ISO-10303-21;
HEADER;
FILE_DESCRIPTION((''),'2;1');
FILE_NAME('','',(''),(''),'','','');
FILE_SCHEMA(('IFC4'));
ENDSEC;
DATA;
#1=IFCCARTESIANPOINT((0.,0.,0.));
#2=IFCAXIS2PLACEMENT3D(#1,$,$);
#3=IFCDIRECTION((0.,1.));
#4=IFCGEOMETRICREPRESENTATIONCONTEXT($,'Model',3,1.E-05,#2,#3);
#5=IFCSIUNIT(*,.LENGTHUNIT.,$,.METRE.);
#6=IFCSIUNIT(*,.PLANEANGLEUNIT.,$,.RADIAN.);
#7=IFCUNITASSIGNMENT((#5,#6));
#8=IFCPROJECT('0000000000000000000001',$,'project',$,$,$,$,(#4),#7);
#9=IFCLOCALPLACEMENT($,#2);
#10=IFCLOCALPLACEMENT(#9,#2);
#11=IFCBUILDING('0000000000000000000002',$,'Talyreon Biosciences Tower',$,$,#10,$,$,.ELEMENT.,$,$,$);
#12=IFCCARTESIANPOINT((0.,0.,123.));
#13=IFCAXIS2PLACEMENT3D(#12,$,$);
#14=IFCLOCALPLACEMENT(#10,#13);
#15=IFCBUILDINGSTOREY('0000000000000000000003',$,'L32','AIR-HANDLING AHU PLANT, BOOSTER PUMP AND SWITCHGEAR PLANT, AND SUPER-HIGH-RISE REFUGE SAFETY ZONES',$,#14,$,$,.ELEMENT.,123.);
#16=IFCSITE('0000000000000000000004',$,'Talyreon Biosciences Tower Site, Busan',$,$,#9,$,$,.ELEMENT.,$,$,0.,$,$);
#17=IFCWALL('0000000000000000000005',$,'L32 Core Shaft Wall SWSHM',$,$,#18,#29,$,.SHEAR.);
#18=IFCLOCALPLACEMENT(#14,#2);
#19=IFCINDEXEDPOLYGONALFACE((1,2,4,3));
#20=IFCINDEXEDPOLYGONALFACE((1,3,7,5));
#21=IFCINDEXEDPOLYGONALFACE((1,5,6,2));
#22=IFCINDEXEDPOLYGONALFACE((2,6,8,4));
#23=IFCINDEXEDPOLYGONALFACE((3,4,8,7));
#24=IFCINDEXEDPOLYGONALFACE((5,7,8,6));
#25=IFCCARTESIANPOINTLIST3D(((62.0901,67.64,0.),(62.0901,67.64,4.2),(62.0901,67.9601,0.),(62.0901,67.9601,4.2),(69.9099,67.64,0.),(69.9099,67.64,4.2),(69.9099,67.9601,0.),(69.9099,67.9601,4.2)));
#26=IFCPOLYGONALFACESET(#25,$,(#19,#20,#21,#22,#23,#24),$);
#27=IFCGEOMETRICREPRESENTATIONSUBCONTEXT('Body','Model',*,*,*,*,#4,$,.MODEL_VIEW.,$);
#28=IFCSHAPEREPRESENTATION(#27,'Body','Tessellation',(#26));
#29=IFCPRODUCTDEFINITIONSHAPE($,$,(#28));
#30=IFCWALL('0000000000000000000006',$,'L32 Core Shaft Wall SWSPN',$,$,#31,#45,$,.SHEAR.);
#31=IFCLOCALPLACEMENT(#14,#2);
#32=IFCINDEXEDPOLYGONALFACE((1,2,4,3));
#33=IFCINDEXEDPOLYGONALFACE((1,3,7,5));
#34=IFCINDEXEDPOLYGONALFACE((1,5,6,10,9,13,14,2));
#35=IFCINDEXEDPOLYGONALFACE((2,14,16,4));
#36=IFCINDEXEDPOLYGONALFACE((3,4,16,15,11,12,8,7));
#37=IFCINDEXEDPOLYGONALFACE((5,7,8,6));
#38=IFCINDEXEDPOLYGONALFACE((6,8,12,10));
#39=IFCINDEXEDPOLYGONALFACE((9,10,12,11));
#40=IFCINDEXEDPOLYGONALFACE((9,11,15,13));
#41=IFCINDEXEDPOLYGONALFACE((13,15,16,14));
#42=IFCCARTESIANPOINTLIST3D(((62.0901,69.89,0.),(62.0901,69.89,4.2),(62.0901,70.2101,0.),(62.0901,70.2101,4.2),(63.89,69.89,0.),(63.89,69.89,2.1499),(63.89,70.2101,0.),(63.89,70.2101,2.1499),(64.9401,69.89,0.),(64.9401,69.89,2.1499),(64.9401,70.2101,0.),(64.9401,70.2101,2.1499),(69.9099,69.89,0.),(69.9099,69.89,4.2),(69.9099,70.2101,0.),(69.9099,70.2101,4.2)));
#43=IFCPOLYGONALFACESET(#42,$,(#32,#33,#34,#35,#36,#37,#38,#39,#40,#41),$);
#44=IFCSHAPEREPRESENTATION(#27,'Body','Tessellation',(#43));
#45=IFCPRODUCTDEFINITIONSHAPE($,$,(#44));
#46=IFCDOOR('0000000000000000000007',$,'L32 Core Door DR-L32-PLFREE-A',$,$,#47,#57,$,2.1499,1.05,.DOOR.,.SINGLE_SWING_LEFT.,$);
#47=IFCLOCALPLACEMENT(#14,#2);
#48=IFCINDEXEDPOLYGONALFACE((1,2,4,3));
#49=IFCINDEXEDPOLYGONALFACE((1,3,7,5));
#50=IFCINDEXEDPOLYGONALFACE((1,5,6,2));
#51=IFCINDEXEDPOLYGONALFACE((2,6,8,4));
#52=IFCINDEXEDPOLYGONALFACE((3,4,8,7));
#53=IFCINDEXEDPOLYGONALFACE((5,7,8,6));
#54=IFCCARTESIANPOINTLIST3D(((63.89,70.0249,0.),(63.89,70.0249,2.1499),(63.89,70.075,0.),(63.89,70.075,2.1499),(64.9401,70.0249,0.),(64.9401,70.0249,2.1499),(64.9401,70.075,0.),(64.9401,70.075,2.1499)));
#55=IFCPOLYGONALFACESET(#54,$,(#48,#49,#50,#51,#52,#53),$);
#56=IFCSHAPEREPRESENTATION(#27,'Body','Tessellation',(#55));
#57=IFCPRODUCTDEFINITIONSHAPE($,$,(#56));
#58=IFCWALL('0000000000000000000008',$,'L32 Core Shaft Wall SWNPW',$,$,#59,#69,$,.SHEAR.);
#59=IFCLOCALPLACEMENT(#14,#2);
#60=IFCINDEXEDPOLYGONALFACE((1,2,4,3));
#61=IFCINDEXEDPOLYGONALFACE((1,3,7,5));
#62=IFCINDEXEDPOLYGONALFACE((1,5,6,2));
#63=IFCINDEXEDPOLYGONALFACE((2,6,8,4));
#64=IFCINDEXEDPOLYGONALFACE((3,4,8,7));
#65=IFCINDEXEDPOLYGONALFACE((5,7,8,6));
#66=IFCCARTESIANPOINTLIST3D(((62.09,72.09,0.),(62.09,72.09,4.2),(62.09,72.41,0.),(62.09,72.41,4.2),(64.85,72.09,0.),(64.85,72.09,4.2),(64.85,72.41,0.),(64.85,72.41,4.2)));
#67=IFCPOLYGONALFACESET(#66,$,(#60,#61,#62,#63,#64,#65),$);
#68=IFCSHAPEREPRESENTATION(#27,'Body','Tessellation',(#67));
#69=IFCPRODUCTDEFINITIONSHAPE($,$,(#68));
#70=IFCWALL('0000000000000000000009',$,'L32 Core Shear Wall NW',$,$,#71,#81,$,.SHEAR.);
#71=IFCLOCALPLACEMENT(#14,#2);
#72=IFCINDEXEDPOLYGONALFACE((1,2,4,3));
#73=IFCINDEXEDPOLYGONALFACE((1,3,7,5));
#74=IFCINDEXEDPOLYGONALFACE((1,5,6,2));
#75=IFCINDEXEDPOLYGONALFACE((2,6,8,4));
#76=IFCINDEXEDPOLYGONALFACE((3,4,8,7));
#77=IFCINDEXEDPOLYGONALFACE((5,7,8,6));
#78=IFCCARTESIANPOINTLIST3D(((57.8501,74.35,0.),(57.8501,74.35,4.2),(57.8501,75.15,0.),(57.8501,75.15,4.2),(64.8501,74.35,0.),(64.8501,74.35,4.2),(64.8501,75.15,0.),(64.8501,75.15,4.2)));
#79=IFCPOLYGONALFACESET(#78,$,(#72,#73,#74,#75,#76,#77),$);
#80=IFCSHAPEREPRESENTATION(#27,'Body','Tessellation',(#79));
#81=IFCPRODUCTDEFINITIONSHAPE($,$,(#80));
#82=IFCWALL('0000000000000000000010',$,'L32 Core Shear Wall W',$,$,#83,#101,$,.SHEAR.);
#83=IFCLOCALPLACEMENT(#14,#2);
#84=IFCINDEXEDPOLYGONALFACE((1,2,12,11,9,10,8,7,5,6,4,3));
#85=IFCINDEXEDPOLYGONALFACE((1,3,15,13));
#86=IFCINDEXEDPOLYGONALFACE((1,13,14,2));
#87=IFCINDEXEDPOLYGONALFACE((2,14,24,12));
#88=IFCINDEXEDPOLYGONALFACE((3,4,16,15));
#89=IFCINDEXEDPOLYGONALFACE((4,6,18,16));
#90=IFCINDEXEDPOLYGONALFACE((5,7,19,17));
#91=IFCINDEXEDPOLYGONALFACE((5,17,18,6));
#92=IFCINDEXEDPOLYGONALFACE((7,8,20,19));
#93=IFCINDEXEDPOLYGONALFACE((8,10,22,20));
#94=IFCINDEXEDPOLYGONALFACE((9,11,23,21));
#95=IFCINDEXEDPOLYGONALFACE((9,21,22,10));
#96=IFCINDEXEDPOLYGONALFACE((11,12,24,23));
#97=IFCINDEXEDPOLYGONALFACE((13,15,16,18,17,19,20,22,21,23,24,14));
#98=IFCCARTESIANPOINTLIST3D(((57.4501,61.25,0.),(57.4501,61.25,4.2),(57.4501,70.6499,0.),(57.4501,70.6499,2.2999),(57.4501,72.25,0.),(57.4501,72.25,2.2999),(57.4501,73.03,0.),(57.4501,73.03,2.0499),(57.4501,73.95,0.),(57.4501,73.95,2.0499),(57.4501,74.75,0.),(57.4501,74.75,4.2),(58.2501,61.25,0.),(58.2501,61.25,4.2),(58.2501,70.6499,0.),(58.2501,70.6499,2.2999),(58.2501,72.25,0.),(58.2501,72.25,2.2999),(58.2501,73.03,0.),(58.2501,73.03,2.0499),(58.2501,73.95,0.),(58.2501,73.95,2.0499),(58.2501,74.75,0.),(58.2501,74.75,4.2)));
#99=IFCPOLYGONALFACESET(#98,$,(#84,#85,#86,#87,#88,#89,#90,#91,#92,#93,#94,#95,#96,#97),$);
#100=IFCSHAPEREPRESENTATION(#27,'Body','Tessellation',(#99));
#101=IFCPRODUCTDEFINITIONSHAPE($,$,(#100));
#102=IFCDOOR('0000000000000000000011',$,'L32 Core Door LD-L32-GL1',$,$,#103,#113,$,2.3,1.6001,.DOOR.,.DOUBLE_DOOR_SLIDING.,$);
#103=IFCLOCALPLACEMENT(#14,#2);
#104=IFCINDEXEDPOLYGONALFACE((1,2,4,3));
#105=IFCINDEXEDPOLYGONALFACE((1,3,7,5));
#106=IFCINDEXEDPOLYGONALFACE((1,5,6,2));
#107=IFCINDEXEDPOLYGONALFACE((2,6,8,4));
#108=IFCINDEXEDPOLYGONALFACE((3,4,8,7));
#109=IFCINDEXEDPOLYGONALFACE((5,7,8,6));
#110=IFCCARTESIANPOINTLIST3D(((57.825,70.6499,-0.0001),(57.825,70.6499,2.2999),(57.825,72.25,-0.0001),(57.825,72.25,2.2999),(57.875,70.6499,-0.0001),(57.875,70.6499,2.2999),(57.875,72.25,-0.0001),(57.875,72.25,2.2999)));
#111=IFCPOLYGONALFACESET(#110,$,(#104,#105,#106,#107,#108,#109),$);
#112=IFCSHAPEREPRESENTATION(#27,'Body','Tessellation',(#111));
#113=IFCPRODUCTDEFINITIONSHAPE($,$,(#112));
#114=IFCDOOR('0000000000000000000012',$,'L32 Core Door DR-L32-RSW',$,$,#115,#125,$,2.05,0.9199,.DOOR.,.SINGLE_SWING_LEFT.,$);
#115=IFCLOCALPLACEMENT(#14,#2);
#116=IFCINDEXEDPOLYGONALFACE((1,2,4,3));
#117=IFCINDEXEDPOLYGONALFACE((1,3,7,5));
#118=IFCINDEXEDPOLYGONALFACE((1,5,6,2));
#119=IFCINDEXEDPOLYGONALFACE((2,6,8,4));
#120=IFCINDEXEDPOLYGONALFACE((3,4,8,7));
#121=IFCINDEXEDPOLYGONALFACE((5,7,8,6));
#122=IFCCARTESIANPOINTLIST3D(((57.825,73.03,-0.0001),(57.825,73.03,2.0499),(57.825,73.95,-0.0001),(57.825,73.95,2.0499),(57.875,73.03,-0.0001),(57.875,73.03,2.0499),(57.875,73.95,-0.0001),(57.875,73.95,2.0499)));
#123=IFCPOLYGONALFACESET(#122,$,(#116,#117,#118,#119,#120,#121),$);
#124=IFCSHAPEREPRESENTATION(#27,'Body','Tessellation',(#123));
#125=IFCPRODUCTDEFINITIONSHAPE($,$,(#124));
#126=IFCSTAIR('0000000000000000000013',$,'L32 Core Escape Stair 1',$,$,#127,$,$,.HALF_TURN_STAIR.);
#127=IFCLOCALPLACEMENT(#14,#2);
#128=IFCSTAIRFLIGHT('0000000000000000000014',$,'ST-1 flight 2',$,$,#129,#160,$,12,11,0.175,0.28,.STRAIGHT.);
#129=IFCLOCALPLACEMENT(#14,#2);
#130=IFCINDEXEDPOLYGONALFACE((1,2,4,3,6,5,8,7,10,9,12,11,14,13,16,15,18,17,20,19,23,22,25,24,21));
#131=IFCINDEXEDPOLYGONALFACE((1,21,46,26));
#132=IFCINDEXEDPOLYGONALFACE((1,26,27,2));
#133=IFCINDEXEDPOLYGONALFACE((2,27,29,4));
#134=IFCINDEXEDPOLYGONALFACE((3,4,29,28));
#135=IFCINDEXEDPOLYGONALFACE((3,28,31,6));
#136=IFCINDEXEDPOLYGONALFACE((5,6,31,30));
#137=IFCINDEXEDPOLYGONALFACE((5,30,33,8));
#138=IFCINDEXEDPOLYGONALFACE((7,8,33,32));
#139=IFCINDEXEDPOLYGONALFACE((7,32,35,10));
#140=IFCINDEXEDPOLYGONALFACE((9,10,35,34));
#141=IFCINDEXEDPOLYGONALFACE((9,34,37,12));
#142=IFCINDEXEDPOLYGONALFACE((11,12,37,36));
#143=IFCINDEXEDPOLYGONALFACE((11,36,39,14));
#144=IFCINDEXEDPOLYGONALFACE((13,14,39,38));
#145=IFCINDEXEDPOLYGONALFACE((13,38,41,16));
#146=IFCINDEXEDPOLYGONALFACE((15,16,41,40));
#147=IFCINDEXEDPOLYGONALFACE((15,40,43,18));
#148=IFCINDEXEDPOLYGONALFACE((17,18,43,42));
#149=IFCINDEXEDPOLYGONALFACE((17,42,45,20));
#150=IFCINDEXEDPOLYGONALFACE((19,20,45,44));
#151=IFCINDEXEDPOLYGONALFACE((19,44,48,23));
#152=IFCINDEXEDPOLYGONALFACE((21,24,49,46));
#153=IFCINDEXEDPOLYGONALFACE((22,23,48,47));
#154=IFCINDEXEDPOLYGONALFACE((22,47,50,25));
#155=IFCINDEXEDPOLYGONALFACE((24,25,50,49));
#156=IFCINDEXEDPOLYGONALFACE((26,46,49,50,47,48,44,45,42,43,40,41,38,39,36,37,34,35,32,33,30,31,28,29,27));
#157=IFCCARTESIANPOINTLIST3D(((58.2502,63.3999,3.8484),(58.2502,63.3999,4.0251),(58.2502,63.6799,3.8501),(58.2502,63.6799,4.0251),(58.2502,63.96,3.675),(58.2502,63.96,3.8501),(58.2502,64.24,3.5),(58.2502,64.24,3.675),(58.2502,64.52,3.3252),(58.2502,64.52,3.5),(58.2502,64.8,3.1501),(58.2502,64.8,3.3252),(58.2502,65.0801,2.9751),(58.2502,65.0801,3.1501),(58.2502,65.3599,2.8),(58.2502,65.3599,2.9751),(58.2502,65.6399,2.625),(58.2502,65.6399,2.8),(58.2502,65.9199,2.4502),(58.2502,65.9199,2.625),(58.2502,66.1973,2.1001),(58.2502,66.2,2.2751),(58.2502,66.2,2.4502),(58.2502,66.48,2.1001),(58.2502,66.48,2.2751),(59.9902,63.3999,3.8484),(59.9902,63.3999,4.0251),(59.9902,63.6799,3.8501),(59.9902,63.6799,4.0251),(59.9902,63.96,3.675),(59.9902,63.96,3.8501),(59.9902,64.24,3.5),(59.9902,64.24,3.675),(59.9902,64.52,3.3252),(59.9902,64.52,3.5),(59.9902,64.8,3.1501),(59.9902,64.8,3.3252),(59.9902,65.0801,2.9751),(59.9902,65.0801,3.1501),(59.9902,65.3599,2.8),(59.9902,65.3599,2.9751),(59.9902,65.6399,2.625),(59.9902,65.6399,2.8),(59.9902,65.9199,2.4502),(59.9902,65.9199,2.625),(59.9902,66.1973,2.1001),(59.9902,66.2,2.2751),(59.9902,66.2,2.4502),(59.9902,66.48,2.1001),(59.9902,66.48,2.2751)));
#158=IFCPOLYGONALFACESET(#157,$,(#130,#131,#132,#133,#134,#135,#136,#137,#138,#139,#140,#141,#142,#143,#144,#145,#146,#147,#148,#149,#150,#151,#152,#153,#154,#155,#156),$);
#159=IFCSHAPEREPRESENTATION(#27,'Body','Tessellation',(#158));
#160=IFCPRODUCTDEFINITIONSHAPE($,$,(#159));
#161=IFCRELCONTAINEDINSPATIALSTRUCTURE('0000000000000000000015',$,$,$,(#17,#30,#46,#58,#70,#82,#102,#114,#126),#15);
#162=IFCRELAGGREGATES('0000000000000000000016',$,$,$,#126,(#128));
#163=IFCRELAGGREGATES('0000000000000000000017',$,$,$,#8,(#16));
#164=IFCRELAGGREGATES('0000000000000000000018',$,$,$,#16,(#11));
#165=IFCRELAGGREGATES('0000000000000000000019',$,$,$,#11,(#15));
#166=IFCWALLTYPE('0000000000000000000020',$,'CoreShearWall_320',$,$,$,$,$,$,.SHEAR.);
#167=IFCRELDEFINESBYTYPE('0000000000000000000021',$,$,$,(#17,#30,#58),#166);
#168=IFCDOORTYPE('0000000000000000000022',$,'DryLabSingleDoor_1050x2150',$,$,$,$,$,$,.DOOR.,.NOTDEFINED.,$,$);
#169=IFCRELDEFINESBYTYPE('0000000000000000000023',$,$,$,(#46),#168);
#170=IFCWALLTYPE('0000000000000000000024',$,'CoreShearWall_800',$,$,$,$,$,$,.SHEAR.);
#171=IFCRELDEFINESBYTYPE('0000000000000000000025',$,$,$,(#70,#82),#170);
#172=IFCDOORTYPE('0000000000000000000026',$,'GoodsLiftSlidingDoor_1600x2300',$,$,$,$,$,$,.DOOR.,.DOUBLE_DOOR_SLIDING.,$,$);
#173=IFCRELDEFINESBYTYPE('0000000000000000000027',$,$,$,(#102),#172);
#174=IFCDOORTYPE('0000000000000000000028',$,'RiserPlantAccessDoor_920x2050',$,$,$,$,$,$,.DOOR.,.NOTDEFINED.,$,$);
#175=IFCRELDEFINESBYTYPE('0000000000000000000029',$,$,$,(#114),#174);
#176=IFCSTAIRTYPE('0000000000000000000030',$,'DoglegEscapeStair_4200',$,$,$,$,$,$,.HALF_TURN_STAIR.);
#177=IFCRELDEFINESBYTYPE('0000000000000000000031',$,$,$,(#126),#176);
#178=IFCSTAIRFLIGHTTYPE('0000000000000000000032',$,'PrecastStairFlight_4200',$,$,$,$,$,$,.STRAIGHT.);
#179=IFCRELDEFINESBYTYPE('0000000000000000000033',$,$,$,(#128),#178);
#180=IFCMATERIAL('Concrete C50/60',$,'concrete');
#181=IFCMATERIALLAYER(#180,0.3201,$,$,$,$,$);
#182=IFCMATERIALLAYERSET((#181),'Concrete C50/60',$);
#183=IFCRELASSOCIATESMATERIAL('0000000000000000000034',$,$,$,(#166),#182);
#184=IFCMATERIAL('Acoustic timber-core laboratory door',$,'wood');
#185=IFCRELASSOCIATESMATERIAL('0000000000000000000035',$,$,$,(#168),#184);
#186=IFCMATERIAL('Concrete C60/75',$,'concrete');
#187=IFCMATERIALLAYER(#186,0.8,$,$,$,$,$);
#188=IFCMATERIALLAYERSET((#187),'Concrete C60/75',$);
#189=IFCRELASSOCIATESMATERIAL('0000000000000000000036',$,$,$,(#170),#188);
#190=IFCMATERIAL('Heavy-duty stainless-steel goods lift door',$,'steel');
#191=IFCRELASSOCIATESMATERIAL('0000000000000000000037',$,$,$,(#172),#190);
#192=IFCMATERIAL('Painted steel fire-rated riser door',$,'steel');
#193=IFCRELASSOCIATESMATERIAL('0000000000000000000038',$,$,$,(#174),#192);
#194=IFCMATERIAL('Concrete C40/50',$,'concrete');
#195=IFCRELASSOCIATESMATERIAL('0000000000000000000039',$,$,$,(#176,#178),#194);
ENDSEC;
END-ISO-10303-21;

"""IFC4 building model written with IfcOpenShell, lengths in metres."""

from ifc_helpers import new_model, si_unit, direction, frame, frame_2d, origin, place, context, subcontext, project, spatial, polyline, rectangle, outline, extrude, material, layer, layer_set, type_object, element, fill, aggregate, save


model = new_model("IFC4")

# Units and contexts
model_context = context("Model", 3, precision=1e-05, world=origin(), true_north=direction((0.0, 1.0)))
body_context = subcontext(model_context, "Body", "Model", "MODEL_VIEW")
ifc_project = project(units=[si_unit("LENGTHUNIT", "METRE"), si_unit("PLANEANGLEUNIT", "RADIAN")], contexts=[model_context])

# Site, building, storey
site_placement = place(None, origin())
site = spatial("IfcSite", under=ifc_project, at=site_placement, Name="Talyreon Biosciences Tower Site, Busan", CompositionType="ELEMENT", RefElevation=0.0)
building_placement = place(site_placement, origin())
building = spatial("IfcBuilding", under=site, at=building_placement, Name="Talyreon Biosciences Tower", CompositionType="ELEMENT")
storey_placement = place(building_placement, frame((0.0, 0.0, 123.0)))
storey = spatial("IfcBuildingStorey", under=building, at=storey_placement, Name="L32", Description="AIR-HANDLING AHU PLANT, BOOSTER PUMP AND SWITCHGEAR PLANT, AND SUPER-HIGH-RISE REFUGE SAFETY ZONES", CompositionType="ELEMENT", Elevation=123.0)

# Shared definitions
ifc_material_1 = material(Name="Concrete C50/60", Category="concrete")

# Shared definitions
ifc_material_2 = material(Name="Concrete C60/75", Category="concrete")

# Wall
ifc_layer_1 = layer(ifc_material_1, 0.3201)
ifc_layer_set_1 = layer_set([ifc_layer_1], Name="Concrete C50/60")
wall_type_1 = type_object("IfcWallType", Name="CoreShearWall_320", PredefinedType="SHEAR", material=ifc_layer_set_1)
wall_1_placement = place(storey_placement, frame((62.0901, 67.8, 0.0), z_axis=(0.0, 0.0, 1.0), x_axis=(1.0, 0.0, 0.0)))
element("IfcWall", 1, at=wall_1_placement, inside=storey, type_object=wall_type_1, Name="L32 Core Shaft Wall SWSHM", PredefinedType="SHEAR", context=body_context, shape_type="SweptSolid", body=[
    extrude(rectangle(XDim=7.8198, YDim=0.3201, at=frame_2d((3.9099, 0.0))), origin(), (0.0, 0.0, 1.0), 4.2),
])

# Wall, opening, door
wall_2_placement = place(storey_placement, frame((62.0901, 70.05, 0.0), z_axis=(0.0, 0.0, 1.0), x_axis=(1.0, 0.0, 0.0)))
wall_2 = element("IfcWall", 2, at=wall_2_placement, inside=storey, type_object=wall_type_1, Name="L32 Core Shaft Wall SWSPN", PredefinedType="SHEAR", context=body_context, shape_type="SweptSolid", body=[
    extrude(rectangle(XDim=7.8198, YDim=0.3201, at=frame_2d((3.9099, 0.0))), origin(), (0.0, 0.0, 1.0), 4.2),
])
opening_1_placement = place(wall_2_placement, frame((1.8, 0.0, 0.0)))
opening_1 = element("IfcOpeningElement", 3, at=opening_1_placement, cuts=wall_2, PredefinedType="OPENING", context=body_context, shape_type="SweptSolid", body=[
    extrude(rectangle(XDim=1.05, YDim=2.1499, at=frame_2d((0.5249, 1.075))), frame((0.0, 0.1699, 0.0), z_axis=(0.0, -1.0, 0.0), x_axis=(1.0, 0.0, 0.0)), (0.0, 0.0, 1.0), 0.3401),
])
ifc_material_3 = material(Name="Acoustic timber-core laboratory door", Category="wood")
door_type_1 = type_object("IfcDoorType", Name="DryLabSingleDoor_1050x2150", OperationType="NOTDEFINED", PredefinedType="DOOR", material=ifc_material_3)
door_1_placement = place(opening_1_placement, origin())
door_1 = element("IfcDoor", 4, at=door_1_placement, inside=storey, type_object=door_type_1, Name="L32 Core Door DR-L32-PLFREE-A", OperationType="SINGLE_SWING_LEFT", OverallHeight=2.1499, OverallWidth=1.05, PredefinedType="DOOR", context=body_context, shape_type="SweptSolid", body=[
    extrude(rectangle(XDim=1.05, YDim=2.1499, at=frame_2d((0.5249, 1.075))), frame((0.0, 0.0249, 0.0), z_axis=(0.0, -1.0, 0.0), x_axis=(1.0, 0.0, 0.0)), (0.0, 0.0, 1.0), 0.05),
])
fill(opening_1, door_1)

# Walls
wall_3_placement = place(storey_placement, frame((62.0901, 72.25, 0.0), z_axis=(0.0, 0.0, 1.0), x_axis=(1.0, 0.0, 0.0)))
element("IfcWall", 5, at=wall_3_placement, inside=storey, type_object=wall_type_1, Name="L32 Core Shaft Wall SWNPW", PredefinedType="SHEAR", context=body_context, shape_type="SweptSolid", body=[
    extrude(rectangle(XDim=2.76, YDim=0.3201, at=frame_2d((1.3799, 0.0))), origin(), (0.0, 0.0, 1.0), 4.2),
])
ifc_layer_2 = layer(ifc_material_2, 0.8)
ifc_layer_set_2 = layer_set([ifc_layer_2], Name="Concrete C60/75")
wall_type_2 = type_object("IfcWallType", Name="CoreShearWall_800", PredefinedType="SHEAR", material=ifc_layer_set_2)
wall_4_placement = place(storey_placement, frame((64.8501, 74.75, 0.0), z_axis=(0.0, 0.0, 1.0), x_axis=(-1.0, 0.0, 0.0)))
element("IfcWall", 6, at=wall_4_placement, inside=storey, type_object=wall_type_2, Name="L32 Core Shear Wall NW", PredefinedType="SHEAR", context=body_context, shape_type="SweptSolid", body=[
    extrude(rectangle(XDim=7.0, YDim=0.8, at=frame_2d((3.5, 0.0))), origin(), (0.0, 0.0, 1.0), 4.2),
])

# Wall, openings, doors
wall_5_placement = place(storey_placement, frame((57.8501, 74.75, 0.0), z_axis=(0.0, 0.0, 1.0), x_axis=(0.0, -1.0, 0.0)))
wall_5 = element("IfcWall", 7, at=wall_5_placement, inside=storey, type_object=wall_type_2, Name="L32 Core Shear Wall W", PredefinedType="SHEAR", context=body_context, shape_type="SweptSolid", body=[
    extrude(rectangle(XDim=13.5, YDim=0.8, at=frame_2d((6.75, 0.0))), origin(), (0.0, 0.0, 1.0), 4.2),
])
opening_2_placement = place(wall_5_placement, frame((0.8, 0.0, 0.0)))
opening_2 = element("IfcOpeningElement", 8, at=opening_2_placement, cuts=wall_5, PredefinedType="OPENING", context=body_context, shape_type="SweptSolid", body=[
    extrude(rectangle(XDim=0.9199, YDim=2.05, at=frame_2d((0.46, 1.0249))), frame((0.0, 0.4099, 0.0), z_axis=(0.0, -1.0, 0.0), x_axis=(1.0, 0.0, 0.0)), (0.0, 0.0, 1.0), 0.8201),
])
opening_3_placement = place(wall_5_placement, frame((2.5, 0.0, 0.0)))
opening_3 = element("IfcOpeningElement", 9, at=opening_3_placement, cuts=wall_5, PredefinedType="OPENING", context=body_context, shape_type="SweptSolid", body=[
    extrude(rectangle(XDim=1.6001, YDim=2.3, at=frame_2d((0.8, 1.1499))), frame((0.0, 0.4099, 0.0), z_axis=(0.0, -1.0, 0.0), x_axis=(1.0, 0.0, 0.0)), (0.0, 0.0, 1.0), 0.8201),
])
ifc_material_4 = material(Name="Heavy-duty stainless-steel goods lift door", Category="steel")
door_type_2 = type_object("IfcDoorType", Name="GoodsLiftSlidingDoor_1600x2300", OperationType="DOUBLE_DOOR_SLIDING", PredefinedType="DOOR", material=ifc_material_4)
door_2_placement = place(opening_3_placement, origin())
door_2 = element("IfcDoor", 10, at=door_2_placement, inside=storey, type_object=door_type_2, Name="L32 Core Door LD-L32-GL1", OperationType="DOUBLE_DOOR_SLIDING", OverallHeight=2.3, OverallWidth=1.6001, PredefinedType="DOOR", context=body_context, shape_type="SweptSolid", body=[
    extrude(rectangle(XDim=1.6001, YDim=2.3, at=frame_2d((0.8, 1.1499))), frame((0.0, 0.0249, 0.0), z_axis=(0.0, -1.0, 0.0), x_axis=(1.0, 0.0, 0.0)), (0.0, 0.0, 1.0), 0.05),
])
fill(opening_3, door_2)
ifc_material_5 = material(Name="Painted steel fire-rated riser door", Category="steel")
door_type_3 = type_object("IfcDoorType", Name="RiserPlantAccessDoor_920x2050", OperationType="NOTDEFINED", PredefinedType="DOOR", material=ifc_material_5)
door_3_placement = place(opening_2_placement, origin())
door_3 = element("IfcDoor", 11, at=door_3_placement, inside=storey, type_object=door_type_3, Name="L32 Core Door DR-L32-RSW", OperationType="SINGLE_SWING_LEFT", OverallHeight=2.05, OverallWidth=0.9199, PredefinedType="DOOR", context=body_context, shape_type="SweptSolid", body=[
    extrude(rectangle(XDim=0.9199, YDim=2.05, at=frame_2d((0.46, 1.0249))), frame((0.0, 0.0249, 0.0), z_axis=(0.0, -1.0, 0.0), x_axis=(1.0, 0.0, 0.0)), (0.0, 0.0, 1.0), 0.05),
])
fill(opening_2, door_3)

# Stair, stair flight
ifc_material_6 = material(Name="Concrete C40/50", Category="concrete")
stair_type = type_object("IfcStairType", Name="DoglegEscapeStair_4200", PredefinedType="HALF_TURN_STAIR", material=ifc_material_6)
stair_placement = place(storey_placement, origin())
stair = element("IfcStair", 12, at=stair_placement, inside=storey, type_object=stair_type, Name="L32 Core Escape Stair 1", PredefinedType="HALF_TURN_STAIR")
stair_flight_type = type_object("IfcStairFlightType", Name="PrecastStairFlight_4200", PredefinedType="STRAIGHT", material=ifc_material_6)
stair_flight_placement = place(storey_placement, frame((59.1201, 66.48, 2.1001), z_axis=(0.0, 0.0, 1.0), x_axis=(0.0, -1.0, 0.0)))
stair_flight = element("IfcStairFlight", 13, at=stair_flight_placement, type_object=stair_flight_type, Name="ST-1 flight 2", NumberOfRisers=12, NumberOfTreads=11, PredefinedType="STRAIGHT", RiserHeight=0.175, TreadLength=0.28, context=body_context, shape_type="SweptSolid", body=[
    extrude(outline(polyline([(0.0, 0.0), (0.0, 0.175), (0.28, 0.175), (0.28, 0.3501), (0.5601, 0.3501), (0.5601, 0.5249), (0.8401, 0.5249), (0.8401, 0.7), (1.1201, 0.7), (1.1201, 0.875), (1.3999, 0.875), (1.3999, 1.05), (1.6799, 1.05), (1.6799, 1.2251), (1.96, 1.2251), (1.96, 1.3999), (2.24, 1.3999), (2.24, 1.575), (2.52, 1.575), (2.52, 1.75), (2.8, 1.75), (2.8, 1.925), (3.0801, 1.925), (3.0801, 2.1001), (3.0801, 1.7483), (0.2827, 0.0), (0.0, 0.0)])), frame((0.0, 0.8701, 0.0), z_axis=(0.0, -1.0, 0.0), x_axis=(1.0, 0.0, 0.0)), (0.0, 0.0, 1.0), 1.74),
])
aggregate(stair, [stair_flight])

save(model, "model.ifc")
